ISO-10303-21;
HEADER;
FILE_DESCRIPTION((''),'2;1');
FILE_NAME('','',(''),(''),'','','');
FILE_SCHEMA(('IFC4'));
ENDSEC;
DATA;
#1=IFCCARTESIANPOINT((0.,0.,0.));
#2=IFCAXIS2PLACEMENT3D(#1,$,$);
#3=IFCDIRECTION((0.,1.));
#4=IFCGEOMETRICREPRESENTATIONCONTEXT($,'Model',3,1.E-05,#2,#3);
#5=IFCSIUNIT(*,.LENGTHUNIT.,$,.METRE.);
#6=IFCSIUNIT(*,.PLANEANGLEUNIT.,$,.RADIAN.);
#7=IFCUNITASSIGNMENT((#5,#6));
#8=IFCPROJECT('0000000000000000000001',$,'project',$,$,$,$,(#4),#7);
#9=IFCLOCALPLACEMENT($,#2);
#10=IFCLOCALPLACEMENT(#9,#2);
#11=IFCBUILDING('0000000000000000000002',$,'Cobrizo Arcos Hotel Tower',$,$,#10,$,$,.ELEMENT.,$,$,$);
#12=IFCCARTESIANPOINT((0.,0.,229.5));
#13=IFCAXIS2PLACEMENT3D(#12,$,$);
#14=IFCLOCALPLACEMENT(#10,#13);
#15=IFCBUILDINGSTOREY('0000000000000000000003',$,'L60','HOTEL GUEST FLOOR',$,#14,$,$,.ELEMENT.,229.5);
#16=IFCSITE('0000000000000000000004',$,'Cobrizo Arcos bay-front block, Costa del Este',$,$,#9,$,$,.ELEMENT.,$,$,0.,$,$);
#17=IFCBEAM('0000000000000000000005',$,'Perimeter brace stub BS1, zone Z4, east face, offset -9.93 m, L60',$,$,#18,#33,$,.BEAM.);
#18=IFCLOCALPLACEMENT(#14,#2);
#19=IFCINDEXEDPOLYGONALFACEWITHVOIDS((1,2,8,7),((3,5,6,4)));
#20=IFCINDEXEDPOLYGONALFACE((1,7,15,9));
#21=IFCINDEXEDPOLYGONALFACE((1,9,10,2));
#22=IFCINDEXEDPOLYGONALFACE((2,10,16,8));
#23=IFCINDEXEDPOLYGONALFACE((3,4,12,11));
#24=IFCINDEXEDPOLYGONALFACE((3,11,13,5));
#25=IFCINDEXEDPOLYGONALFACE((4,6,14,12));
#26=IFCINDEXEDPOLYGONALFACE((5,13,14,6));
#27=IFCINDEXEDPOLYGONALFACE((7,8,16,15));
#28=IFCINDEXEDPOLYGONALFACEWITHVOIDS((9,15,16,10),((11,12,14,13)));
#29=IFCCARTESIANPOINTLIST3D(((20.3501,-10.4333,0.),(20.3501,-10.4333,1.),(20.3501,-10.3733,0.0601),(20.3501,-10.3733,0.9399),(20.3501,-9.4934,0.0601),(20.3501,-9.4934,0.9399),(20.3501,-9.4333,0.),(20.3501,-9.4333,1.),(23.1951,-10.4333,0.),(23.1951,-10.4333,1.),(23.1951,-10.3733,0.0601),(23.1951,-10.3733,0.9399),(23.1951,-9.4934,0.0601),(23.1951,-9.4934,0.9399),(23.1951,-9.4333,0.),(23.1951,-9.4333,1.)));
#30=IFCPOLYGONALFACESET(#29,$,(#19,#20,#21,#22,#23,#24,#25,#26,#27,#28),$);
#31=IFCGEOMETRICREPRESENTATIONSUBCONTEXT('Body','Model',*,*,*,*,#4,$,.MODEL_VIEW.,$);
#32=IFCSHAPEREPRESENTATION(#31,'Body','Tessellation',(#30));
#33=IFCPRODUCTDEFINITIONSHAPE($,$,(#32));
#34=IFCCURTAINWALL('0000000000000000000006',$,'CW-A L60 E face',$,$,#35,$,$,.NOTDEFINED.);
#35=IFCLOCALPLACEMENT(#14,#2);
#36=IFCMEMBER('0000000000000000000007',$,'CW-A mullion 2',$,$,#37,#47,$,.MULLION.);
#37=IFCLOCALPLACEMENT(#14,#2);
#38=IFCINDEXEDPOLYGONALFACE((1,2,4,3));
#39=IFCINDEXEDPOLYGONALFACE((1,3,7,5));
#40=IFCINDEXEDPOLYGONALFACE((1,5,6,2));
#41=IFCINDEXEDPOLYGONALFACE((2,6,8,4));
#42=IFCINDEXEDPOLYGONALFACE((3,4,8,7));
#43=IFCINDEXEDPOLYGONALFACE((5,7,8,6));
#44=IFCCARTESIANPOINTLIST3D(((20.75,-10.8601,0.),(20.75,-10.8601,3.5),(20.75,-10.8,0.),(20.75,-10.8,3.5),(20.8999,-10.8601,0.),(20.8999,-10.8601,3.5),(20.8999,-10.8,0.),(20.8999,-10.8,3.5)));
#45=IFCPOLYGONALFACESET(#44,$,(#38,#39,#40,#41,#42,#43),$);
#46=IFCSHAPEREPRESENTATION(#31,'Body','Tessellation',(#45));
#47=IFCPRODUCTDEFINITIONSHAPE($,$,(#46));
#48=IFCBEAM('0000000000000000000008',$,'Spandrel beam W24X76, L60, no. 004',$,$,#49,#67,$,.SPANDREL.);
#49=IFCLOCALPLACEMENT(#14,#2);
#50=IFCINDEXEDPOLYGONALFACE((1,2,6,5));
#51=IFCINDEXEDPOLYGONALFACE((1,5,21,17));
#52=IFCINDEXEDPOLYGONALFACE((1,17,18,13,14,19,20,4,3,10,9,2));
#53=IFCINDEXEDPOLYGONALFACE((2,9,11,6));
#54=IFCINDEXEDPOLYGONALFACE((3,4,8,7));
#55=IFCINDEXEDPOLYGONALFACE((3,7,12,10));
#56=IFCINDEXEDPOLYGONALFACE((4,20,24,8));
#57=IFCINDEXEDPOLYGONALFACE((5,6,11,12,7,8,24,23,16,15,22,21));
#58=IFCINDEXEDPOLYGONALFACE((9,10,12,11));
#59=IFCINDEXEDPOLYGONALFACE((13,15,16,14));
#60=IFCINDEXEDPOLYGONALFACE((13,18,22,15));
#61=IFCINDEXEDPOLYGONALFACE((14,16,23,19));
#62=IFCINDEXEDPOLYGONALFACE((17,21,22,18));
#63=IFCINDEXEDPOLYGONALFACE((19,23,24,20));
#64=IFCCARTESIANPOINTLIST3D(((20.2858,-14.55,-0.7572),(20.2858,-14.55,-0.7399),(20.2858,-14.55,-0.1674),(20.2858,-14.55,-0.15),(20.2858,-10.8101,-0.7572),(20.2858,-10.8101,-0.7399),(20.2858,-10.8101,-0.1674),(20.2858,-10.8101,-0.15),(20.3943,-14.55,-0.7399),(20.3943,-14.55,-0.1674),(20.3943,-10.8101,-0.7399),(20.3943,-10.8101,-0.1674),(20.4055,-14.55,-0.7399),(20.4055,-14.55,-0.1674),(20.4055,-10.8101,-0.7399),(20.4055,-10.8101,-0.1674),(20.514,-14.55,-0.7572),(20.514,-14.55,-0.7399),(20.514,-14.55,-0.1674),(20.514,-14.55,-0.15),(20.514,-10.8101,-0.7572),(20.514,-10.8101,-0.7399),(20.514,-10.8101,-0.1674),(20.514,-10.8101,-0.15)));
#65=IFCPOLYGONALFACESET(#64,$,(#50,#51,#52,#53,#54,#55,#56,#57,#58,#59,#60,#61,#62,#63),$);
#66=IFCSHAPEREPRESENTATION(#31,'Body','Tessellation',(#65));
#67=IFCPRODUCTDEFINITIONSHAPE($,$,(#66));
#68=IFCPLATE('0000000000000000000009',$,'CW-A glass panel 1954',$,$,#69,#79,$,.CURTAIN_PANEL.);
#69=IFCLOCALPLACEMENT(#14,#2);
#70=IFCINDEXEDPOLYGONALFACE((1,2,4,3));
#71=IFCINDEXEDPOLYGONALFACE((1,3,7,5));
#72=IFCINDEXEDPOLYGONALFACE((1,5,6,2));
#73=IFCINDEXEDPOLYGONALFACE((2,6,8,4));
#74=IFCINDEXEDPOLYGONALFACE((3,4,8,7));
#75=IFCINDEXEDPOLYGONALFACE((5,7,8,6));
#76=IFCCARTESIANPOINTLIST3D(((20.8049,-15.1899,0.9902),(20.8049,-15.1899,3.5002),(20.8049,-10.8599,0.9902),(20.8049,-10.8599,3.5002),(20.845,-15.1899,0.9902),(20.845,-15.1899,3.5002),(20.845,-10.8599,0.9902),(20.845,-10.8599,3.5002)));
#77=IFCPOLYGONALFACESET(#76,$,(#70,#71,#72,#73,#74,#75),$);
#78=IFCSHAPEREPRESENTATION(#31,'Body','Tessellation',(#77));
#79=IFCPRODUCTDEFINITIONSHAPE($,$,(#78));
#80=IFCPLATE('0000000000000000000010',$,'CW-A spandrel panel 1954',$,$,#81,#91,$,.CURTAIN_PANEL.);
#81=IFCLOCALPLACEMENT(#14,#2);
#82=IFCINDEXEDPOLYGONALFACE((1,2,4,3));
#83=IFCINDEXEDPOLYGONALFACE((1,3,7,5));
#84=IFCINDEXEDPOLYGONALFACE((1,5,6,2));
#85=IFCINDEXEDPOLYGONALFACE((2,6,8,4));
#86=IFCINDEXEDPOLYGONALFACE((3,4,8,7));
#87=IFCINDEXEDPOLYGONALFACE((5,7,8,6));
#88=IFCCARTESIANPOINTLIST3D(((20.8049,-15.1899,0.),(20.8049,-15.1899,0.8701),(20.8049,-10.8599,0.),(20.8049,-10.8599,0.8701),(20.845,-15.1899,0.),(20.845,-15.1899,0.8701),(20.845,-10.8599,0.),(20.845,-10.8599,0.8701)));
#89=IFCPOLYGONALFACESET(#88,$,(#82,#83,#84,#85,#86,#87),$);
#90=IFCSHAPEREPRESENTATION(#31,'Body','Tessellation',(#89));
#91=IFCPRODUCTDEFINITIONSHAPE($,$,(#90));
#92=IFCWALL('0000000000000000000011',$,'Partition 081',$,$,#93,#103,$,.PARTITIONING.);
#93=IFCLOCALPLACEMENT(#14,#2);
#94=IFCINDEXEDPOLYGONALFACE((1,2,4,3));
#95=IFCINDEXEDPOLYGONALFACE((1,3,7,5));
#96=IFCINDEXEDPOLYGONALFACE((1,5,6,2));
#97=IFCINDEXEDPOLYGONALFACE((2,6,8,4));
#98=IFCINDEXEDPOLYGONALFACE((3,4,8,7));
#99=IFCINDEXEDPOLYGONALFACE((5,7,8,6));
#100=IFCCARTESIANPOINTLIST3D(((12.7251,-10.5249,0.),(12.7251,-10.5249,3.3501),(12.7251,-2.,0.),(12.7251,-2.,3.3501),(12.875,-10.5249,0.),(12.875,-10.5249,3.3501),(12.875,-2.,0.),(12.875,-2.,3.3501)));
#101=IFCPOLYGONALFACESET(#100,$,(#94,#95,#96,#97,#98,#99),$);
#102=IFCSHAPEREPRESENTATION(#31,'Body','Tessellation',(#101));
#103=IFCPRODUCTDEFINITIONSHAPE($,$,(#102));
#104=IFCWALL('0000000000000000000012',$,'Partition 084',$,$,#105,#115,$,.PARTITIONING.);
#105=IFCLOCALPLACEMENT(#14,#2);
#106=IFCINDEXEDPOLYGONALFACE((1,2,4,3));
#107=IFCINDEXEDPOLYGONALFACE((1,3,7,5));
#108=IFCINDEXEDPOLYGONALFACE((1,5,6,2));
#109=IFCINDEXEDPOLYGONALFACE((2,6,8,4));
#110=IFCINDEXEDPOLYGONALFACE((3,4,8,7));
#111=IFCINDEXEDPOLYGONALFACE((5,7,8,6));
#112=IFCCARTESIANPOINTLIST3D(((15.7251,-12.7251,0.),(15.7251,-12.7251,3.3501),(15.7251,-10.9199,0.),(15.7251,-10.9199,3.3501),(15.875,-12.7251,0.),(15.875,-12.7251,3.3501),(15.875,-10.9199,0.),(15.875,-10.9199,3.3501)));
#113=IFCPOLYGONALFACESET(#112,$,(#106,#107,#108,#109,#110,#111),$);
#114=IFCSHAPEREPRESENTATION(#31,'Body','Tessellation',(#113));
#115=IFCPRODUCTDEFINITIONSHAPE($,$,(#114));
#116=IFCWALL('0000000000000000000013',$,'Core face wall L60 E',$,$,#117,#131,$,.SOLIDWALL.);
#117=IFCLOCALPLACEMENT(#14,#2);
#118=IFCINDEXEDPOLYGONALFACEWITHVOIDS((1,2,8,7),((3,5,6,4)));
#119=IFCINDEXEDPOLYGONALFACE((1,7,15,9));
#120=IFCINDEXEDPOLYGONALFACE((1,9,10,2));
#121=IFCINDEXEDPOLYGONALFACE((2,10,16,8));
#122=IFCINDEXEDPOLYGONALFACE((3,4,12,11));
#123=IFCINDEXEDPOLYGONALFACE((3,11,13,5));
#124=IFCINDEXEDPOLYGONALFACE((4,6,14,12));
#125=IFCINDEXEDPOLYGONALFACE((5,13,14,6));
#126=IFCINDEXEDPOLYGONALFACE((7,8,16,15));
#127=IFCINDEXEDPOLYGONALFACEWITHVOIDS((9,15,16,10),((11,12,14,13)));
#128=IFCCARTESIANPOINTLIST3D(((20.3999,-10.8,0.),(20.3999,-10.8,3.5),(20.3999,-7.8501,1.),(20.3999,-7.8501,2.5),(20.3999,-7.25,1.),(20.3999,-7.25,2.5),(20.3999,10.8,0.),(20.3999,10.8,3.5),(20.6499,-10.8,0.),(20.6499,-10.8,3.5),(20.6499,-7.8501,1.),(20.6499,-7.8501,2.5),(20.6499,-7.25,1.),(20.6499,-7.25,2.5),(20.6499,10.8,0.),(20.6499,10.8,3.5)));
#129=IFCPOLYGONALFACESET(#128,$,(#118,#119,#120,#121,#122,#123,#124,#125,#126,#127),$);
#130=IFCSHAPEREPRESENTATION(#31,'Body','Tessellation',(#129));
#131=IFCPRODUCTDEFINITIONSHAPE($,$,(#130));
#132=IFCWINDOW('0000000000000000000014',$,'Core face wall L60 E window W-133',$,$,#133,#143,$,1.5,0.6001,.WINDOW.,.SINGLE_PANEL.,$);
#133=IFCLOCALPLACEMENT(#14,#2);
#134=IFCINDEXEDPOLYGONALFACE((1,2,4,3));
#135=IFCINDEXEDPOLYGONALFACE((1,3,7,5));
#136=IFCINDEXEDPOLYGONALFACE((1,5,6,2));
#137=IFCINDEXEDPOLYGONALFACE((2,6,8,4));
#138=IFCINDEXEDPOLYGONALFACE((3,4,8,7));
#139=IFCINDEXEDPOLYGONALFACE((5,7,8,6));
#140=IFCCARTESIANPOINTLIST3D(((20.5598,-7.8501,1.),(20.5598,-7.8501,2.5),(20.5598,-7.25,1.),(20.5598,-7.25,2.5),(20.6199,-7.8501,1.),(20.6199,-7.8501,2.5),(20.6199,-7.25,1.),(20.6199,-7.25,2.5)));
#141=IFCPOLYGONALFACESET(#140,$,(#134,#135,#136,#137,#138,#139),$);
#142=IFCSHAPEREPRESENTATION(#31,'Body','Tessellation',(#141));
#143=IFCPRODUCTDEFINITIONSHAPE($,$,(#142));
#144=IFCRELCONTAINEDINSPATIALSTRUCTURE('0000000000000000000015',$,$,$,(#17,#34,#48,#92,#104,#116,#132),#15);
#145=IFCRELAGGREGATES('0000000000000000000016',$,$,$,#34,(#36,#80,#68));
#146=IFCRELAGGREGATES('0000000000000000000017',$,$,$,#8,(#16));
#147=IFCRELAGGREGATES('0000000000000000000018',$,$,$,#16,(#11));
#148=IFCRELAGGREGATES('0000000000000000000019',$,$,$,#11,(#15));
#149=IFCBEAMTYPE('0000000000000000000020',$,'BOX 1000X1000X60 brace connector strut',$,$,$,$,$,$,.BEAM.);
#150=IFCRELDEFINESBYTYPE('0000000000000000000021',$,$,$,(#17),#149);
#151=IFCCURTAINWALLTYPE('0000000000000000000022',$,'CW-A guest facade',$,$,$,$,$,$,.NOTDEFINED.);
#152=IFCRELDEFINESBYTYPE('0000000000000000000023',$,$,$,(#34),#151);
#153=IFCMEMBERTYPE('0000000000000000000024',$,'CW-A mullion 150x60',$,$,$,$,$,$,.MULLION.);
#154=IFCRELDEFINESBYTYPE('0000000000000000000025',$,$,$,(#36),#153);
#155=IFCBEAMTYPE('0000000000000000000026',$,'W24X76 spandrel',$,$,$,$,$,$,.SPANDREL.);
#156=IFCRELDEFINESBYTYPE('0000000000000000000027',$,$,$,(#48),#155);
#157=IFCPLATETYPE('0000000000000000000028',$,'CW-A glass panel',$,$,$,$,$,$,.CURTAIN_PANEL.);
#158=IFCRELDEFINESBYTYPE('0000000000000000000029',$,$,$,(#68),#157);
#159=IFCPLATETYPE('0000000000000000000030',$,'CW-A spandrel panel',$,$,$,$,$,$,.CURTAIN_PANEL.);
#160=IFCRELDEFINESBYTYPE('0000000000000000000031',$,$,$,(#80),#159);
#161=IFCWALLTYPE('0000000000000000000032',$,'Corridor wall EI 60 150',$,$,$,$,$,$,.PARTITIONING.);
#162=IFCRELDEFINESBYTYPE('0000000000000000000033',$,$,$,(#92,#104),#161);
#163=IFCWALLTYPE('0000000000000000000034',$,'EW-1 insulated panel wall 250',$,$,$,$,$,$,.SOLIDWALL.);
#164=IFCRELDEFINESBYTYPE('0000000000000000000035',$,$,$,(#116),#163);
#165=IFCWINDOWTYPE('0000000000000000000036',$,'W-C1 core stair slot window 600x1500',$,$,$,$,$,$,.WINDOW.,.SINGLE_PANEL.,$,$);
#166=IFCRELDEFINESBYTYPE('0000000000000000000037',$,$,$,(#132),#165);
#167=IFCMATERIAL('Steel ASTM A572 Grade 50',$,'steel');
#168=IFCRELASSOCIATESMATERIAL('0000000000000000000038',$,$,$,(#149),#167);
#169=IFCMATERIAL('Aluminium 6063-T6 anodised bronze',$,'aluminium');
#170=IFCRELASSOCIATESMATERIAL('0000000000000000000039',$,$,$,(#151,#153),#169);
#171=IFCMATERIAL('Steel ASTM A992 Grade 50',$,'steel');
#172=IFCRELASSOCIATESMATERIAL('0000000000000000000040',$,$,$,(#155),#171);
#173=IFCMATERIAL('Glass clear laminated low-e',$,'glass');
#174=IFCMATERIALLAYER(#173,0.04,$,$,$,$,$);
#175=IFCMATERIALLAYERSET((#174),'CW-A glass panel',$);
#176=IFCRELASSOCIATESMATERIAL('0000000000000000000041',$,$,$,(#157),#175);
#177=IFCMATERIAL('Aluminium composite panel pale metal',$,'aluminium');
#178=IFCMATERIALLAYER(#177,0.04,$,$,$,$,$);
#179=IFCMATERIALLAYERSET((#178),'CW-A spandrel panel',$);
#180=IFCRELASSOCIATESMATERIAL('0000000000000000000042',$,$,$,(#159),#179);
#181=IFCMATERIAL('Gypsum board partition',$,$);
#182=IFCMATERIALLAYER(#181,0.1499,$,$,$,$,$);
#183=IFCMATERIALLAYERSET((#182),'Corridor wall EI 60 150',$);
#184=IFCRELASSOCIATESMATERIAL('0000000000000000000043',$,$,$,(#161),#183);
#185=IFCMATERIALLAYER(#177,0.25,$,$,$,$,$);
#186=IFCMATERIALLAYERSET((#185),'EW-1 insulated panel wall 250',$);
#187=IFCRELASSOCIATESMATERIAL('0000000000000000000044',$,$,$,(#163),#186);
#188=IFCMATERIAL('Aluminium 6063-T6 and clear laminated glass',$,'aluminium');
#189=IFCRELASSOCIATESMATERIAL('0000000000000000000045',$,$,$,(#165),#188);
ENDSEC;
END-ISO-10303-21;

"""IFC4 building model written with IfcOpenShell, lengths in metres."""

from ifc_helpers import new_model, si_unit, direction, frame, frame_2d, origin, origin_2d, place, context, subcontext, project, spatial, rectangle, hollow_rectangle, i_section, extrude, material, layer, layer_set, material_profile, profile_set, type_object, element, fill, aggregate, save


model = new_model("IFC4")

# Units and contexts
model_context = context("Model", 3, precision=1e-05, world=origin(), true_north=direction((0.0, 1.0)))
body_context = subcontext(model_context, "Body", "Model", "MODEL_VIEW")
ifc_project = project(units=[si_unit("LENGTHUNIT", "METRE"), si_unit("PLANEANGLEUNIT", "RADIAN")], contexts=[model_context])

# Site, building, storey
site_placement = place(None, origin())
site = spatial("IfcSite", under=ifc_project, at=site_placement, Name="Cobrizo Arcos bay-front block, Costa del Este", CompositionType="ELEMENT", RefElevation=0.0)
building_placement = place(site_placement, origin())
building = spatial("IfcBuilding", under=site, at=building_placement, Name="Cobrizo Arcos Hotel Tower", CompositionType="ELEMENT")
storey_placement = place(building_placement, frame((0.0, 0.0, 229.5)))
storey = spatial("IfcBuildingStorey", under=building, at=storey_placement, Name="L60", Description="HOTEL GUEST FLOOR", CompositionType="ELEMENT", Elevation=229.5)

# Beam
ifc_material_1 = material(Name="Steel ASTM A572 Grade 50", Category="steel")
ifc_material_profile_1 = material_profile(ifc_material_1, hollow_rectangle(XDim=1.0, YDim=1.0, WallThickness=0.0601, at=origin_2d()), Name="BOX 1000X1000X60")
ifc_profile_set_1 = profile_set([ifc_material_profile_1], Name="Steel ASTM A572 Grade 50")
beam_type_1 = type_object("IfcBeamType", Name="BOX 1000X1000X60 brace connector strut", PredefinedType="BEAM", material=ifc_profile_set_1)
beam_1_placement = place(storey_placement, frame((20.3501, -9.9333, 0.5), z_axis=(1.0, 0.0, 0.0), x_axis=(0.0, 1.0, 0.0)))
element("IfcBeam", 1, at=beam_1_placement, inside=storey, type_object=beam_type_1, Name="Perimeter brace stub BS1, zone Z4, east face, offset -9.93 m, L60", PredefinedType="BEAM", context=body_context, shape_type="SweptSolid", body=[
    extrude(hollow_rectangle(XDim=1.0, YDim=1.0, WallThickness=0.0601, at=origin_2d()), origin(), (0.0, 0.0, 1.0), 2.845),
])

# Curtain wall, member
ifc_material_2 = material(Name="Aluminium 6063-T6 anodised bronze", Category="aluminium")
curtain_wall_type = type_object("IfcCurtainWallType", Name="CW-A guest facade", PredefinedType="NOTDEFINED", material=ifc_material_2)
curtain_wall_placement = place(storey_placement, origin())
curtain_wall = element("IfcCurtainWall", 2, at=curtain_wall_placement, inside=storey, type_object=curtain_wall_type, Name="CW-A L60 E face", PredefinedType="NOTDEFINED")
ifc_material_profile_2 = material_profile(ifc_material_2, rectangle(XDim=0.1499, YDim=0.0601, at=origin_2d()), Name="CW-A mullion 150x60")
ifc_profile_set_2 = profile_set([ifc_material_profile_2], Name="Aluminium 6063-T6 anodised bronze")
member_type = type_object("IfcMemberType", Name="CW-A mullion 150x60", PredefinedType="MULLION", material=ifc_profile_set_2)
member_placement = place(storey_placement, frame((20.825, -10.8301, 0.0), z_axis=(0.0, 0.0, 1.0), x_axis=(1.0, 0.0, 0.0)))
member = element("IfcMember", 3, at=member_placement, type_object=member_type, Name="CW-A mullion 2", PredefinedType="MULLION", context=body_context, shape_type="SweptSolid", body=[
    extrude(rectangle(XDim=0.1499, YDim=0.0601, at=origin_2d()), origin(), (0.0, 0.0, 1.0), 3.5),
])

# Beam
ifc_material_3 = material(Name="Steel ASTM A992 Grade 50", Category="steel")
ifc_material_profile_3 = material_profile(ifc_material_3, i_section(OverallWidth=0.2283, OverallDepth=0.6072, WebThickness=0.0112, FlangeThickness=0.0173, at=origin_2d()), Name="W24X76")
ifc_profile_set_3 = profile_set([ifc_material_profile_3], Name="Steel ASTM A992 Grade 50")
beam_type_2 = type_object("IfcBeamType", Name="W24X76 spandrel", PredefinedType="SPANDREL", material=ifc_profile_set_3)
beam_2_placement = place(storey_placement, frame((20.3999, -10.8101, -0.4536), z_axis=(0.0, -1.0, 0.0), x_axis=(1.0, 0.0, 0.0)))
element("IfcBeam", 4, at=beam_2_placement, inside=storey, type_object=beam_type_2, Name="Spandrel beam W24X76, L60, no. 004", PredefinedType="SPANDREL", context=body_context, shape_type="SweptSolid", body=[
    extrude(i_section(OverallWidth=0.2283, OverallDepth=0.6072, WebThickness=0.0112, FlangeThickness=0.0173, at=origin_2d()), origin(), (0.0, 0.0, 1.0), 3.74),
])

# Plates
ifc_material_4 = material(Name="Glass clear laminated low-e", Category="glass")
ifc_layer_1 = layer(ifc_material_4, 0.04)
ifc_layer_set_1 = layer_set([ifc_layer_1], Name="CW-A glass panel")
plate_type_1 = type_object("IfcPlateType", Name="CW-A glass panel", PredefinedType="CURTAIN_PANEL", material=ifc_layer_set_1)
plate_1_placement = place(storey_placement, frame((20.825, -13.0249, 0.9902), z_axis=(0.0, 0.0, 1.0), x_axis=(0.0, 1.0, 0.0)))
plate_1 = element("IfcPlate", 5, at=plate_1_placement, type_object=plate_type_1, Name="CW-A glass panel 1954", PredefinedType="CURTAIN_PANEL", context=body_context, shape_type="SweptSolid", body=[
    extrude(rectangle(XDim=4.3301, YDim=0.04, at=origin_2d()), origin(), (0.0, 0.0, 1.0), 2.51),
])
ifc_material_5 = material(Name="Aluminium composite panel pale metal", Category="aluminium")
ifc_layer_2 = layer(ifc_material_5, 0.04)
ifc_layer_set_2 = layer_set([ifc_layer_2], Name="CW-A spandrel panel")
plate_type_2 = type_object("IfcPlateType", Name="CW-A spandrel panel", PredefinedType="CURTAIN_PANEL", material=ifc_layer_set_2)
plate_2_placement = place(storey_placement, frame((20.825, -13.0249, 0.0), z_axis=(0.0, 0.0, 1.0), x_axis=(0.0, 1.0, 0.0)))
plate_2 = element("IfcPlate", 6, at=plate_2_placement, type_object=plate_type_2, Name="CW-A spandrel panel 1954", PredefinedType="CURTAIN_PANEL", context=body_context, shape_type="SweptSolid", body=[
    extrude(rectangle(XDim=4.3301, YDim=0.04, at=origin_2d()), origin(), (0.0, 0.0, 1.0), 0.8701),
])
aggregate(curtain_wall, [member, plate_2, plate_1])

# Walls
ifc_material_6 = material(Name="Gypsum board partition")
ifc_layer_3 = layer(ifc_material_6, 0.1499)
ifc_layer_set_3 = layer_set([ifc_layer_3], Name="Corridor wall EI 60 150")
wall_type_1 = type_object("IfcWallType", Name="Corridor wall EI 60 150", PredefinedType="PARTITIONING", material=ifc_layer_set_3)
wall_1_placement = place(storey_placement, frame((12.8, -10.5249, 0.0), z_axis=(0.0, 0.0, 1.0), x_axis=(0.0, 1.0, 0.0)))
element("IfcWall", 7, at=wall_1_placement, inside=storey, type_object=wall_type_1, Name="Partition 081", PredefinedType="PARTITIONING", context=body_context, shape_type="SweptSolid", body=[
    extrude(rectangle(XDim=8.5249, YDim=0.1499, at=frame_2d((4.2625, 0.0))), origin(), (0.0, 0.0, 1.0), 3.3501),
])
wall_2_placement = place(storey_placement, frame((15.8, -12.7251, 0.0), z_axis=(0.0, 0.0, 1.0), x_axis=(0.0, 1.0, 0.0)))
element("IfcWall", 8, at=wall_2_placement, inside=storey, type_object=wall_type_1, Name="Partition 084", PredefinedType="PARTITIONING", context=body_context, shape_type="SweptSolid", body=[
    extrude(rectangle(XDim=1.8052, YDim=0.1499, at=frame_2d((0.9026, 0.0))), origin(), (0.0, 0.0, 1.0), 3.3501),
])

# Wall, opening, window
ifc_layer_4 = layer(ifc_material_5, 0.25)
ifc_layer_set_4 = layer_set([ifc_layer_4], Name="EW-1 insulated panel wall 250")
wall_type_2 = type_object("IfcWallType", Name="EW-1 insulated panel wall 250", PredefinedType="SOLIDWALL", material=ifc_layer_set_4)
wall_3_placement = place(storey_placement, frame((20.5249, -10.8, 0.0), z_axis=(0.0, 0.0, 1.0), x_axis=(0.0, 1.0, 0.0)))
wall_3 = element("IfcWall", 9, at=wall_3_placement, inside=storey, type_object=wall_type_2, Name="Core face wall L60 E", PredefinedType="SOLIDWALL", context=body_context, shape_type="SweptSolid", body=[
    extrude(rectangle(XDim=21.6001, YDim=0.25, at=frame_2d((10.8, 0.0))), origin(), (0.0, 0.0, 1.0), 3.5),
])
opening_1_placement = place(wall_3_placement, frame((2.95, 0.0, 1.0)))
opening_1 = element("IfcOpeningElement", 10, at=opening_1_placement, cuts=wall_3, PredefinedType="OPENING", context=body_context, shape_type="SweptSolid", body=[
    extrude(rectangle(XDim=0.6001, YDim=1.5, at=frame_2d((0.3, 0.75))), frame((0.0, 0.137, 0.0), z_axis=(0.0, -1.0, 0.0), x_axis=(1.0, 0.0, 0.0)), (0.0, 0.0, 1.0), 0.2739),
])
ifc_material_7 = material(Name="Aluminium 6063-T6 and clear laminated glass", Category="aluminium")
window_type = type_object("IfcWindowType", Name="W-C1 core stair slot window 600x1500", PartitioningType="SINGLE_PANEL", PredefinedType="WINDOW", material=ifc_material_7)
window_placement = place(opening_1_placement, origin())
window = element("IfcWindow", 11, at=window_placement, inside=storey, type_object=window_type, Name="Core face wall L60 E window W-133", OverallHeight=1.5, OverallWidth=0.6001, PartitioningType="SINGLE_PANEL", PredefinedType="WINDOW", context=body_context, shape_type="SweptSolid", body=[
    extrude(rectangle(XDim=0.6001, YDim=1.5, at=frame_2d((0.3, 0.75))), frame((0.0, -0.0349, 0.0), z_axis=(0.0, -1.0, 0.0), x_axis=(1.0, 0.0, 0.0)), (0.0, 0.0, 1.0), 0.0601),
])
fill(opening_1, window)

save(model, "model.ifc")
